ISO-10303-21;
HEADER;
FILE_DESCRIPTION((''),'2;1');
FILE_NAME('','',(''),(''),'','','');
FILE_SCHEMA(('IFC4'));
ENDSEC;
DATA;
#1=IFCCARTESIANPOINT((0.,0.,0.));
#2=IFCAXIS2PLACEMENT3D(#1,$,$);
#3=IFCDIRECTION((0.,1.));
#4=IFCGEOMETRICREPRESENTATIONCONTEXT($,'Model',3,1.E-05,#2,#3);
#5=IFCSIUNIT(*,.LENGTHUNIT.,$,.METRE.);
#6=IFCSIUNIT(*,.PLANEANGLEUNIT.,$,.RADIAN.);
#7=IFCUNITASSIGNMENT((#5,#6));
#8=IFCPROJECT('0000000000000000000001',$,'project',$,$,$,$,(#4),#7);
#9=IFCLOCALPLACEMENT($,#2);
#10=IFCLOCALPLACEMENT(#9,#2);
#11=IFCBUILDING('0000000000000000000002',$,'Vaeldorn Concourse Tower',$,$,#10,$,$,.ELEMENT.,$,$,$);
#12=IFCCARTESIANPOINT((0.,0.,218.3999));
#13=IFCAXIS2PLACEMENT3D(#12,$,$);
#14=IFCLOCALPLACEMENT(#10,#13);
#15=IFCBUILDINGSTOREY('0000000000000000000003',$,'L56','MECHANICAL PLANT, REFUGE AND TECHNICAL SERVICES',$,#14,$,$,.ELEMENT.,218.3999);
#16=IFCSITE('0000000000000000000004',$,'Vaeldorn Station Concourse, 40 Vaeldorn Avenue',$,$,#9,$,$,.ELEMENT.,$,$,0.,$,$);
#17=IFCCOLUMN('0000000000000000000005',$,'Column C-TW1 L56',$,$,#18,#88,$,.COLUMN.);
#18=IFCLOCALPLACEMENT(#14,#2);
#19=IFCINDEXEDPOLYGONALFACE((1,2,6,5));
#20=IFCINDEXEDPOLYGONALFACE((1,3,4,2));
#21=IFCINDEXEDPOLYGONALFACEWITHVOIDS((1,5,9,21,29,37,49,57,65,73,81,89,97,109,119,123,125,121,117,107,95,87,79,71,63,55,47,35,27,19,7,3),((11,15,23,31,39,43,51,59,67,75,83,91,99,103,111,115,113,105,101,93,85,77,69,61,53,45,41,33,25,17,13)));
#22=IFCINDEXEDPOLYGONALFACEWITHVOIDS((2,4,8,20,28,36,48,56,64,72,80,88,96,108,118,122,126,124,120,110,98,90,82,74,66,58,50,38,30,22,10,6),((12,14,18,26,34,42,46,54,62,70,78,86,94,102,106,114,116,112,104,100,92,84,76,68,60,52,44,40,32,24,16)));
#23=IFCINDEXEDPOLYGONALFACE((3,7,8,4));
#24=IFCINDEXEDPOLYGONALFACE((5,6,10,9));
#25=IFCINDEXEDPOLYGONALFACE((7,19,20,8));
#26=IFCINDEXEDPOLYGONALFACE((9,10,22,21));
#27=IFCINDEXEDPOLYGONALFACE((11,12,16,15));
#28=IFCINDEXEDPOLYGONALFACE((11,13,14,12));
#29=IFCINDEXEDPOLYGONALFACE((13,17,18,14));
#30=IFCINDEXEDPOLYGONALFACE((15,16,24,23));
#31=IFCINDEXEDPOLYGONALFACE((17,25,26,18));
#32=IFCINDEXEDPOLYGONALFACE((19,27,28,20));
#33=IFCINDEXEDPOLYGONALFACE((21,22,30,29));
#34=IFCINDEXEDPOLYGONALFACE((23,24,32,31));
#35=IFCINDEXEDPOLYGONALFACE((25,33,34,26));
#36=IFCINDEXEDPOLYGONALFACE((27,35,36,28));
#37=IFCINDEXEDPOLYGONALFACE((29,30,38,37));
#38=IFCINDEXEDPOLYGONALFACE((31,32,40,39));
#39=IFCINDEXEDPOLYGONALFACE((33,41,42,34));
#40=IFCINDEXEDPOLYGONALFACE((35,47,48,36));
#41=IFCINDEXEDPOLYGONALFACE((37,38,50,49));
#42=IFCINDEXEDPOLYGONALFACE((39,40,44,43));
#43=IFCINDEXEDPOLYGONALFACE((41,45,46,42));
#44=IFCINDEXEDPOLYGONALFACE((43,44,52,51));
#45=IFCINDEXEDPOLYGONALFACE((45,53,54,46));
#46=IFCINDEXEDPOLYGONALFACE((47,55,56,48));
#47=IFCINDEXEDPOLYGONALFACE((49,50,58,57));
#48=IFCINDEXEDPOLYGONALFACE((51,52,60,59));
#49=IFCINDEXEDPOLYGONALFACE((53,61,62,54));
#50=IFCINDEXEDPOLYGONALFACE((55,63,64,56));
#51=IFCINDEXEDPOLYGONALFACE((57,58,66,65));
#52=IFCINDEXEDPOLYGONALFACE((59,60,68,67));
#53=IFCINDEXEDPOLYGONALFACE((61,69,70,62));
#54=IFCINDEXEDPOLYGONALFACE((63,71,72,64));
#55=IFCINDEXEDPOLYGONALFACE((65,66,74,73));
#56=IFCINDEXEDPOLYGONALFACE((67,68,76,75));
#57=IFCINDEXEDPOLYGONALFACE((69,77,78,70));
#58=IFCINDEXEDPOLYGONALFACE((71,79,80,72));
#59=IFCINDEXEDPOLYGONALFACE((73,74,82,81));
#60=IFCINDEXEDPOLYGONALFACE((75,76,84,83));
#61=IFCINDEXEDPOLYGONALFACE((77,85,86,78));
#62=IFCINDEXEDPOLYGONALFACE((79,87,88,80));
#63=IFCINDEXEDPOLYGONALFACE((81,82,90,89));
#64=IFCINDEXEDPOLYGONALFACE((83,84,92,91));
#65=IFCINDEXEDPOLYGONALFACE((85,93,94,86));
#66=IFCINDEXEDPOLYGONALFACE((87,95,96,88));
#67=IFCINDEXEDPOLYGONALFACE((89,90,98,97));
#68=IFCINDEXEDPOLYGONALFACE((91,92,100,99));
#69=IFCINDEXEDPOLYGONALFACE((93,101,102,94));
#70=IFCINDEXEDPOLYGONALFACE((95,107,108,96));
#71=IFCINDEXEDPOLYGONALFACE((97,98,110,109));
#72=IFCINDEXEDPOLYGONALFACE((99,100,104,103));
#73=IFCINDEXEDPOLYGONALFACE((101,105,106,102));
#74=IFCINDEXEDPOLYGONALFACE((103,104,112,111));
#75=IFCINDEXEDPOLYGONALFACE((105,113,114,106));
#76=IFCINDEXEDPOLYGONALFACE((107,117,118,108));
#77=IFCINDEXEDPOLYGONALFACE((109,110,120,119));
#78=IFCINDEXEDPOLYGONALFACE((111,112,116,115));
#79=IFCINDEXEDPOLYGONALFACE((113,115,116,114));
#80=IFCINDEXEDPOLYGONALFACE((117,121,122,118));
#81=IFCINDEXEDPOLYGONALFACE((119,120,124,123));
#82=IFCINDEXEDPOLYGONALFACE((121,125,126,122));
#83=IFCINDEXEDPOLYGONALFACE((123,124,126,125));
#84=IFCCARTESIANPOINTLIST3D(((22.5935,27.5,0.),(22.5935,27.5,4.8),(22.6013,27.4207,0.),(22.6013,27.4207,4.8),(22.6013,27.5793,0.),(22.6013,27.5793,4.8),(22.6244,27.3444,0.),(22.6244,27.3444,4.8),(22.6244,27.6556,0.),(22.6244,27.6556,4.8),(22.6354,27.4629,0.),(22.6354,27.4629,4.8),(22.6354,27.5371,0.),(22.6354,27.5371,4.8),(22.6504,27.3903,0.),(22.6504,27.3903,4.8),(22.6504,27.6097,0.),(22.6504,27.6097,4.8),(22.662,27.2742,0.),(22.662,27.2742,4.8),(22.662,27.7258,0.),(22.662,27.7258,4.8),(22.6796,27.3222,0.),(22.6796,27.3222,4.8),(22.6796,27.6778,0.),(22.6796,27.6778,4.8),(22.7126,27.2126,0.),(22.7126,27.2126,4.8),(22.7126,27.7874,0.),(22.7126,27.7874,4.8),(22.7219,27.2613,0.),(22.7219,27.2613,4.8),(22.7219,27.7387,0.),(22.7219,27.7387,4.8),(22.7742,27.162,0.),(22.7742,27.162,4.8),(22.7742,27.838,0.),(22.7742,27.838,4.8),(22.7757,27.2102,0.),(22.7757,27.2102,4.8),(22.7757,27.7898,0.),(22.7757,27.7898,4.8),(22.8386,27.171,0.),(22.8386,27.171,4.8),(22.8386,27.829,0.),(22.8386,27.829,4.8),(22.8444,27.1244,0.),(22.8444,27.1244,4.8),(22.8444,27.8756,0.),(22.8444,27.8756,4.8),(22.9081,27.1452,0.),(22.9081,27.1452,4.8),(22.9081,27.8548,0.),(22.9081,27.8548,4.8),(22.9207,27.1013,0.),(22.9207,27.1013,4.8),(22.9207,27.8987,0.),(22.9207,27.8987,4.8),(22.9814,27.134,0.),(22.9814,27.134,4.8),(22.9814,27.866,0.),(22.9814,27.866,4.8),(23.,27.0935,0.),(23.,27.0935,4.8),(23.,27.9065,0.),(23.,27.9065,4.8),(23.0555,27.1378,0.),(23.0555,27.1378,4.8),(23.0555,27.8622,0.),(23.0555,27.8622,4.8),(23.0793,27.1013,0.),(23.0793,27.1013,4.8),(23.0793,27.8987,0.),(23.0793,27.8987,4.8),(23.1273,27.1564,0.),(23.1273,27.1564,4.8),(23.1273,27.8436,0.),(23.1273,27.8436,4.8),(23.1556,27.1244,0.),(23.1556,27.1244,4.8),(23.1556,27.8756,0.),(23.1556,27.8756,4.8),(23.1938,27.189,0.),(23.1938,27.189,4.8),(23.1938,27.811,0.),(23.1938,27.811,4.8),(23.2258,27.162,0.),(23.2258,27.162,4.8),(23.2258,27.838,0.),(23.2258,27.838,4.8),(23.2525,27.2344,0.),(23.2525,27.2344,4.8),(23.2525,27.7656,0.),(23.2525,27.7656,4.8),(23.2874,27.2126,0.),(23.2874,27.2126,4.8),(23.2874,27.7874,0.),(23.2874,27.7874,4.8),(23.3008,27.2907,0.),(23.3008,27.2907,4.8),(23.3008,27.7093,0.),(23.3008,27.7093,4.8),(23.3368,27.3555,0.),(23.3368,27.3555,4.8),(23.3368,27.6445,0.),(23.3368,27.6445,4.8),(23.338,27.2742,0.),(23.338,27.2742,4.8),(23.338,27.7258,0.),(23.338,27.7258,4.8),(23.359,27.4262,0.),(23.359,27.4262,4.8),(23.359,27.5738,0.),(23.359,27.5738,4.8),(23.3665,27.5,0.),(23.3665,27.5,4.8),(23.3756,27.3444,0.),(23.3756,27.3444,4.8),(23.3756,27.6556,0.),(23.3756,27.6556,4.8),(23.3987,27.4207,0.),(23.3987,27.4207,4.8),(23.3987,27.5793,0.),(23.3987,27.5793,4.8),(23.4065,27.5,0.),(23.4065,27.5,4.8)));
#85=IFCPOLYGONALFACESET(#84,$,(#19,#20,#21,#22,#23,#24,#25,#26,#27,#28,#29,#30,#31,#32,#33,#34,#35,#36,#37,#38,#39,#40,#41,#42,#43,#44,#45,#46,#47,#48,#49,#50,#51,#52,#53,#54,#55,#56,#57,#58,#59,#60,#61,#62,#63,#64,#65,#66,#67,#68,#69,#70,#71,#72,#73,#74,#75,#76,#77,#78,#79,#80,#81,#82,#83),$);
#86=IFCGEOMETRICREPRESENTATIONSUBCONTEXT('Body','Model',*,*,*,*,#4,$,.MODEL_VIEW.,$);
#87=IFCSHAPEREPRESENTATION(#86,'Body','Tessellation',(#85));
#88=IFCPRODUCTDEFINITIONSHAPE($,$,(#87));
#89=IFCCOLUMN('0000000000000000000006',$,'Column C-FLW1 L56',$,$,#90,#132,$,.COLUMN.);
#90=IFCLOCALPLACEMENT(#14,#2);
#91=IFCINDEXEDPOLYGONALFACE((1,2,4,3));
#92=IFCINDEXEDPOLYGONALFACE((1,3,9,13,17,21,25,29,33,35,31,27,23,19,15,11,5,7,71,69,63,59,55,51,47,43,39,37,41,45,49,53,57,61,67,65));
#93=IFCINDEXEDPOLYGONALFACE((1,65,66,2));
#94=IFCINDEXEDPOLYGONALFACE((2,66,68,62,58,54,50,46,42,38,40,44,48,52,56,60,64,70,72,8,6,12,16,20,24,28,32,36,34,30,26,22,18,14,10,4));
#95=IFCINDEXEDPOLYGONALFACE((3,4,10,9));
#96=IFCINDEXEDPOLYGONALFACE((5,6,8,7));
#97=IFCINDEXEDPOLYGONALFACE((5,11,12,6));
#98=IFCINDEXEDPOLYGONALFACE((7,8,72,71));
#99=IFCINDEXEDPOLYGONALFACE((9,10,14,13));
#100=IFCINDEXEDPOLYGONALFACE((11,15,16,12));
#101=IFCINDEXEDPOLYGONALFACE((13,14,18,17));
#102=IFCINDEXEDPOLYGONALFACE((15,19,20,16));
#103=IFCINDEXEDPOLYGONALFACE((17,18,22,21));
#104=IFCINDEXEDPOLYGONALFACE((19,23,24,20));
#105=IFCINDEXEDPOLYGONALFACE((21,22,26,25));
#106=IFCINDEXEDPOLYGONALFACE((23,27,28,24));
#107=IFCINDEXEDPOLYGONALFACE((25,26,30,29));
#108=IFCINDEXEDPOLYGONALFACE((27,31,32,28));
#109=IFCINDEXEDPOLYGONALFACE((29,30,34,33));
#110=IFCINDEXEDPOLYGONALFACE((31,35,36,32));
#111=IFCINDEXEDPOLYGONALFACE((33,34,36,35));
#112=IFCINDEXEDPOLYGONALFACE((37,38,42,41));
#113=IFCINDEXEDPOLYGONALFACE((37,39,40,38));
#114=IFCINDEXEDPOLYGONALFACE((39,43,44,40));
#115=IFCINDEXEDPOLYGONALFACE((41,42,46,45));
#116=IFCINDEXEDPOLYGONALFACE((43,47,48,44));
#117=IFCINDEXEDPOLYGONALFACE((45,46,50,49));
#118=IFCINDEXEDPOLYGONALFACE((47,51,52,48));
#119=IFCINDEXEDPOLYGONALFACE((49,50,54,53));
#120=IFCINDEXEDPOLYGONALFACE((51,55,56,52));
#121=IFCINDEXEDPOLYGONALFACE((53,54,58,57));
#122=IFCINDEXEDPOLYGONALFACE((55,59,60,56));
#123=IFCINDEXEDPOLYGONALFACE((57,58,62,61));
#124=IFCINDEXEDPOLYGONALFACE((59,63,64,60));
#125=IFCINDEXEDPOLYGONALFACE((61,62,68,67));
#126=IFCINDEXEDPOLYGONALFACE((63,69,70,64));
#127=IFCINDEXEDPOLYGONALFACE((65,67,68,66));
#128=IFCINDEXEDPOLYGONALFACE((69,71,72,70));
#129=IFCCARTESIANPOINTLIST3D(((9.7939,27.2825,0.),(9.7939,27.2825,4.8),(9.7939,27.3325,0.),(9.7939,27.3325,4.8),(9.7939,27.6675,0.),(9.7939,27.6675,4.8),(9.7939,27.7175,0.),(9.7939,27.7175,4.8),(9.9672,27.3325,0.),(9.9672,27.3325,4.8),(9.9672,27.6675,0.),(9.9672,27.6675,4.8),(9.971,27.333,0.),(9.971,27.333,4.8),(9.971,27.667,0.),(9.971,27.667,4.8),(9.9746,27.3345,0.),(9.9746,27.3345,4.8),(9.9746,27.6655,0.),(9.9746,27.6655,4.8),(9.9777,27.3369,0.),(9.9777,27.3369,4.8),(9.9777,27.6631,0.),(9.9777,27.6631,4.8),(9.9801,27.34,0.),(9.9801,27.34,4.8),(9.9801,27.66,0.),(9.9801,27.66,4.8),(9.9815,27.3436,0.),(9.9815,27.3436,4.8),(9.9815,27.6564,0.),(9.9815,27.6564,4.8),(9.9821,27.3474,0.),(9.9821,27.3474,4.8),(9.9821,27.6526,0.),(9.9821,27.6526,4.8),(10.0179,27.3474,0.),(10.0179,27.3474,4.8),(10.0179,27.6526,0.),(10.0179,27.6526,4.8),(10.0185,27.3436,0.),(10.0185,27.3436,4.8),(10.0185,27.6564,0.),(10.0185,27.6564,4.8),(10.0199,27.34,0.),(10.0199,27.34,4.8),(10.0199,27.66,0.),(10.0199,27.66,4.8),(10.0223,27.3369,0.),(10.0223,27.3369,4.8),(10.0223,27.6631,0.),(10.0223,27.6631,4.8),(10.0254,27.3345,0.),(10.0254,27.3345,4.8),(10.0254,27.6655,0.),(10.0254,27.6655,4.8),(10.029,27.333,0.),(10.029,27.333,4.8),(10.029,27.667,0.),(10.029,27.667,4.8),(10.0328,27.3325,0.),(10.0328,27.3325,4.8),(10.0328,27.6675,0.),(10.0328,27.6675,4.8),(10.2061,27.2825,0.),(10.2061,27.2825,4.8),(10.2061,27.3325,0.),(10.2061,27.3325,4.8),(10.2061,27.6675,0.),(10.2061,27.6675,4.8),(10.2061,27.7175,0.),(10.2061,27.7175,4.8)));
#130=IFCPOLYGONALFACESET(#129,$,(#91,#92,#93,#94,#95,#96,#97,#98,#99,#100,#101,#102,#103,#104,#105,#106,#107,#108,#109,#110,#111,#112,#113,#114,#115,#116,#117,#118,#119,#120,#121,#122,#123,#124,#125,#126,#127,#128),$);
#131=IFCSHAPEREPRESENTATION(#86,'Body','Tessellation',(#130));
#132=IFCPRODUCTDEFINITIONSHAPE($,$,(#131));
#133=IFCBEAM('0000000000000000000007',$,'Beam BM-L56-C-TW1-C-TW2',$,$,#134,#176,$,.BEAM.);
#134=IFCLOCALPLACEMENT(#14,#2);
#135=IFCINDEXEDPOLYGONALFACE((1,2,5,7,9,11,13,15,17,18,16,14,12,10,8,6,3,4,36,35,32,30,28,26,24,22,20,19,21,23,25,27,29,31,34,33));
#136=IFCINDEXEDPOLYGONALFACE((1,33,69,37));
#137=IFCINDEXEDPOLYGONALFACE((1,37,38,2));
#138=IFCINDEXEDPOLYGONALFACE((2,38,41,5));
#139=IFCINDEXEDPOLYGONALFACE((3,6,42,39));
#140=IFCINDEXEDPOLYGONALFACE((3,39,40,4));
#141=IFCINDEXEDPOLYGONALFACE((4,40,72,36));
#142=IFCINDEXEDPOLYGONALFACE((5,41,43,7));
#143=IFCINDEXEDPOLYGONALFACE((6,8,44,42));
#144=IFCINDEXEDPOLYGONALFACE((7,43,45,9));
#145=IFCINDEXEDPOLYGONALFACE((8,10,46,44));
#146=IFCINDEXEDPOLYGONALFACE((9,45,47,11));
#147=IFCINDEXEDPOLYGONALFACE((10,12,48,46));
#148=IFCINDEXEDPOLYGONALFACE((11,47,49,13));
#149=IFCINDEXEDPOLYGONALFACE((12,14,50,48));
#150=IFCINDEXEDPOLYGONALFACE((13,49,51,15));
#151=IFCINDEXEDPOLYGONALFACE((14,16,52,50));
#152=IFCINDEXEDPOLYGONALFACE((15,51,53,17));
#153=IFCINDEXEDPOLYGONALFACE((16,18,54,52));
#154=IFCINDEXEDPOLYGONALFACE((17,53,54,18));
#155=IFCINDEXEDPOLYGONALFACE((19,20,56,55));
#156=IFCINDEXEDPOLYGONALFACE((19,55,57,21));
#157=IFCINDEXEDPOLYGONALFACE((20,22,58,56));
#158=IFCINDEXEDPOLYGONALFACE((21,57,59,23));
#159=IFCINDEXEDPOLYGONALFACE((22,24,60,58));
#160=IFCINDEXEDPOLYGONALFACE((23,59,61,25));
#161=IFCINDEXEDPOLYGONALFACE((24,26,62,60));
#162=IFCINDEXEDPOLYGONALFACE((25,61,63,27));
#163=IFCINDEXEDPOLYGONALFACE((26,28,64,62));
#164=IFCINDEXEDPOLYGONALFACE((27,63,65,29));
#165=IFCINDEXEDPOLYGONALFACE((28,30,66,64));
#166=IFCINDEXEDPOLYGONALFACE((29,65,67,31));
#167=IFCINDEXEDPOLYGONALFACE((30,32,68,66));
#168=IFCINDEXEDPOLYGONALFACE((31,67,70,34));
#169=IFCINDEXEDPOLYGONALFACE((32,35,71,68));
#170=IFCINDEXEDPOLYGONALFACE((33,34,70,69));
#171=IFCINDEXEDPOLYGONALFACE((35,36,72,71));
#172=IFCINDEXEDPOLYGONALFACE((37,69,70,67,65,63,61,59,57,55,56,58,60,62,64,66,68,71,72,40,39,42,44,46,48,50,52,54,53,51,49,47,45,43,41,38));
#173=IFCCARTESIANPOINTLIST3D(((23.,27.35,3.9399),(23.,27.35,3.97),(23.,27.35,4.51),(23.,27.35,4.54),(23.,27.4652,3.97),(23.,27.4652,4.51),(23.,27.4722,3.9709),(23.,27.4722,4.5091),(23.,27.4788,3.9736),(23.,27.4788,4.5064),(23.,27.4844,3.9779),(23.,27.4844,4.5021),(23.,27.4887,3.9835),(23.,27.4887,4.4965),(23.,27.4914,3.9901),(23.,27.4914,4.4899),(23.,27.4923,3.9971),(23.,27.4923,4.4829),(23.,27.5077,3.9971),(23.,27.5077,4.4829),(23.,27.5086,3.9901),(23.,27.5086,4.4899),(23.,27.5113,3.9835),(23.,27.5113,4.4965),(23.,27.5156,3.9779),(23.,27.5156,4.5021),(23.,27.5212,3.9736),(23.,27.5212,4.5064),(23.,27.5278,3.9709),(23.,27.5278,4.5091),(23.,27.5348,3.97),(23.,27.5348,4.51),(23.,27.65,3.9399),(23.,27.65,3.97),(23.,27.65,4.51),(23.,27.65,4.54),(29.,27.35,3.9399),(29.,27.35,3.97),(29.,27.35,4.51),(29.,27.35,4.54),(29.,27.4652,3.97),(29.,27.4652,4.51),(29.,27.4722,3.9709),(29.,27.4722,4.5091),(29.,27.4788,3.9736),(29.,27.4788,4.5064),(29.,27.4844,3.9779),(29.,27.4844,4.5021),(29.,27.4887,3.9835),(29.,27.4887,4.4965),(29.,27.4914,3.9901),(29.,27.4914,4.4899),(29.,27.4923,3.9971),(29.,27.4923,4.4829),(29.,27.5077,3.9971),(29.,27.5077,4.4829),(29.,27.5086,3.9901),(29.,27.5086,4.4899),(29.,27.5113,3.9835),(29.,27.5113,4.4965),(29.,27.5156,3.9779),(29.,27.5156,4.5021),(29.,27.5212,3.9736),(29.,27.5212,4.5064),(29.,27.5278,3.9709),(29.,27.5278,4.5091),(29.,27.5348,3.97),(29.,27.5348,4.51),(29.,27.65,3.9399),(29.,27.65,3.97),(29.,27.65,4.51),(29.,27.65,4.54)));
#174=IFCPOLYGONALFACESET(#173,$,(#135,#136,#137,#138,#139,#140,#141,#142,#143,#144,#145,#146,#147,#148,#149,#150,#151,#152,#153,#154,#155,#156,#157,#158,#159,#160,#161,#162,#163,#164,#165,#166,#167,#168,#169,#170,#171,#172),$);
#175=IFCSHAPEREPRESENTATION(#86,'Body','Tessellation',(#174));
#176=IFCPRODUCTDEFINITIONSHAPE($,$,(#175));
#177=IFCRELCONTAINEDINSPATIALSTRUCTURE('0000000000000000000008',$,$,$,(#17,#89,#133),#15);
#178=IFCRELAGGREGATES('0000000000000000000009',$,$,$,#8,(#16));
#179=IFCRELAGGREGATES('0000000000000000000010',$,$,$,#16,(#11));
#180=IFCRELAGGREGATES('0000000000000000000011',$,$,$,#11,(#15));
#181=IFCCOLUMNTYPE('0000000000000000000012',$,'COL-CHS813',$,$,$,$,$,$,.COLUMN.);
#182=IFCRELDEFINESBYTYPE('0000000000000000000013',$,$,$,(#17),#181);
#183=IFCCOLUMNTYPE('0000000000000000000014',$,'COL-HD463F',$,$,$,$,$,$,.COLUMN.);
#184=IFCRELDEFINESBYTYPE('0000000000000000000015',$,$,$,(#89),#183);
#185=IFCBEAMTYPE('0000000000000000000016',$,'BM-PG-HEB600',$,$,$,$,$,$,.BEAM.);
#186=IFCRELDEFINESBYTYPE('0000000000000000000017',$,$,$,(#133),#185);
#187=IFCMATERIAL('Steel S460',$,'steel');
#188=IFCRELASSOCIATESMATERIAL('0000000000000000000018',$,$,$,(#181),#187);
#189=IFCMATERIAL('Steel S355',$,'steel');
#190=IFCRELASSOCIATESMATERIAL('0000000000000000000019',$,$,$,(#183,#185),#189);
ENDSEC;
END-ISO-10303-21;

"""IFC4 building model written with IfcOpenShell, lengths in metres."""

from ifc_helpers import new_model, si_unit, direction, frame, origin, origin_2d, place, context, subcontext, project, spatial, hollow_circle, i_section, extrude, source, transform, mapped, material, material_profile, profile_set, type_object, element, save


model = new_model("IFC4")

# Units and contexts
model_context = context("Model", 3, precision=1e-05, world=origin(), true_north=direction((0.0, 1.0)))
body_context = subcontext(model_context, "Body", "Model", "MODEL_VIEW")
ifc_project = project(units=[si_unit("LENGTHUNIT", "METRE"), si_unit("PLANEANGLEUNIT", "RADIAN")], contexts=[model_context])

# Site, building, storey
site_placement = place(None, origin())
site = spatial("IfcSite", under=ifc_project, at=site_placement, Name="Vaeldorn Station Concourse, 40 Vaeldorn Avenue", CompositionType="ELEMENT", RefElevation=0.0)
building_placement = place(site_placement, origin())
building = spatial("IfcBuilding", under=site, at=building_placement, Name="Vaeldorn Concourse Tower", CompositionType="ELEMENT")
storey_placement = place(building_placement, frame((0.0, 0.0, 218.3999)))
storey = spatial("IfcBuildingStorey", under=building, at=storey_placement, Name="L56", Description="MECHANICAL PLANT, REFUGE AND TECHNICAL SERVICES", CompositionType="ELEMENT", Elevation=218.3999)

# Columns
ifc_material_1 = material(Name="Steel S460", Category="steel")
ifc_material_profile_1 = material_profile(ifc_material_1, hollow_circle(Radius=0.4065, WallThickness=0.04, at=origin_2d()), Name="CHS 813x40")
ifc_profile_set_1 = profile_set([ifc_material_profile_1], Name="Steel S460")
column_type_1 = type_object("IfcColumnType", Name="COL-CHS813", PredefinedType="COLUMN", material=ifc_profile_set_1)
shared_shape_1 = source(origin(), body_context, "Body", "SweptSolid", [
    extrude(hollow_circle(Radius=0.4065, WallThickness=0.04, at=origin_2d()), origin(), (0.0, 0.0, 1.0), 4.8),
])
column_1_placement = place(storey_placement, frame((23.0, 27.5, 0.0), z_axis=(0.0, 0.0, 1.0), x_axis=(1.0, 0.0, 0.0)))
element("IfcColumn", 1, at=column_1_placement, inside=storey, type_object=column_type_1, Name="Column C-TW1 L56", PredefinedType="COLUMN", context=body_context, shape_type="MappedRepresentation", body=[
    mapped(shared_shape_1, transform((0.0, 0.0, 0.0), scale=1.0)),
])
ifc_material_2 = material(Name="Steel S355", Category="steel")
ifc_material_profile_2 = material_profile(ifc_material_2, i_section(OverallWidth=0.4121, OverallDepth=0.4351, WebThickness=0.0359, FlangeThickness=0.05, FilletRadius=0.0149, at=origin_2d()), Name="HD 400x463")
ifc_profile_set_2 = profile_set([ifc_material_profile_2], Name="Steel S355")
column_type_2 = type_object("IfcColumnType", Name="COL-HD463F", PredefinedType="COLUMN", material=ifc_profile_set_2)
shared_shape_2 = source(origin(), body_context, "Body", "SweptSolid", [
    extrude(i_section(OverallWidth=0.4121, OverallDepth=0.4351, WebThickness=0.0359, FlangeThickness=0.05, FilletRadius=0.0149, at=origin_2d()), origin(), (0.0, 0.0, 1.0), 4.8),
])
column_2_placement = place(storey_placement, frame((10.0, 27.5, 0.0), z_axis=(0.0, 0.0, 1.0), x_axis=(1.0, 0.0, 0.0)))
element("IfcColumn", 2, at=column_2_placement, inside=storey, type_object=column_type_2, Name="Column C-FLW1 L56", PredefinedType="COLUMN", context=body_context, shape_type="MappedRepresentation", body=[
    mapped(shared_shape_2, transform((0.0, 0.0, 0.0), scale=1.0)),
])

# Beam
ifc_material_profile_3 = material_profile(ifc_material_2, i_section(OverallWidth=0.3, OverallDepth=0.6001, WebThickness=0.0154, FlangeThickness=0.03, FilletRadius=0.0271, at=origin_2d()), Name="HEB 600")
ifc_profile_set_3 = profile_set([ifc_material_profile_3], Name="Steel S355")
beam_type_1 = type_object("IfcBeamType", Name="BM-PG-HEB600", PredefinedType="BEAM", material=ifc_profile_set_3)
shared_shape_3 = source(origin(), body_context, "Body", "SweptSolid", [
    extrude(i_section(OverallWidth=0.3, OverallDepth=0.6001, WebThickness=0.0154, FlangeThickness=0.03, FilletRadius=0.0271, at=origin_2d()), origin(), (0.0, 0.0, 1.0), 6.0),
])
beam_1_placement = place(storey_placement, frame((23.0, 27.5, 4.24), z_axis=(1.0, 0.0, 0.0), x_axis=(0.0, 1.0, 0.0)))
element("IfcBeam", 3, at=beam_1_placement, inside=storey, type_object=beam_type_1, Name="Beam BM-L56-C-TW1-C-TW2", PredefinedType="BEAM", context=body_context, shape_type="MappedRepresentation", body=[
    mapped(shared_shape_3, transform((0.0, 0.0, 0.0), scale=1.0)),
])

save(model, "model.ifc")
